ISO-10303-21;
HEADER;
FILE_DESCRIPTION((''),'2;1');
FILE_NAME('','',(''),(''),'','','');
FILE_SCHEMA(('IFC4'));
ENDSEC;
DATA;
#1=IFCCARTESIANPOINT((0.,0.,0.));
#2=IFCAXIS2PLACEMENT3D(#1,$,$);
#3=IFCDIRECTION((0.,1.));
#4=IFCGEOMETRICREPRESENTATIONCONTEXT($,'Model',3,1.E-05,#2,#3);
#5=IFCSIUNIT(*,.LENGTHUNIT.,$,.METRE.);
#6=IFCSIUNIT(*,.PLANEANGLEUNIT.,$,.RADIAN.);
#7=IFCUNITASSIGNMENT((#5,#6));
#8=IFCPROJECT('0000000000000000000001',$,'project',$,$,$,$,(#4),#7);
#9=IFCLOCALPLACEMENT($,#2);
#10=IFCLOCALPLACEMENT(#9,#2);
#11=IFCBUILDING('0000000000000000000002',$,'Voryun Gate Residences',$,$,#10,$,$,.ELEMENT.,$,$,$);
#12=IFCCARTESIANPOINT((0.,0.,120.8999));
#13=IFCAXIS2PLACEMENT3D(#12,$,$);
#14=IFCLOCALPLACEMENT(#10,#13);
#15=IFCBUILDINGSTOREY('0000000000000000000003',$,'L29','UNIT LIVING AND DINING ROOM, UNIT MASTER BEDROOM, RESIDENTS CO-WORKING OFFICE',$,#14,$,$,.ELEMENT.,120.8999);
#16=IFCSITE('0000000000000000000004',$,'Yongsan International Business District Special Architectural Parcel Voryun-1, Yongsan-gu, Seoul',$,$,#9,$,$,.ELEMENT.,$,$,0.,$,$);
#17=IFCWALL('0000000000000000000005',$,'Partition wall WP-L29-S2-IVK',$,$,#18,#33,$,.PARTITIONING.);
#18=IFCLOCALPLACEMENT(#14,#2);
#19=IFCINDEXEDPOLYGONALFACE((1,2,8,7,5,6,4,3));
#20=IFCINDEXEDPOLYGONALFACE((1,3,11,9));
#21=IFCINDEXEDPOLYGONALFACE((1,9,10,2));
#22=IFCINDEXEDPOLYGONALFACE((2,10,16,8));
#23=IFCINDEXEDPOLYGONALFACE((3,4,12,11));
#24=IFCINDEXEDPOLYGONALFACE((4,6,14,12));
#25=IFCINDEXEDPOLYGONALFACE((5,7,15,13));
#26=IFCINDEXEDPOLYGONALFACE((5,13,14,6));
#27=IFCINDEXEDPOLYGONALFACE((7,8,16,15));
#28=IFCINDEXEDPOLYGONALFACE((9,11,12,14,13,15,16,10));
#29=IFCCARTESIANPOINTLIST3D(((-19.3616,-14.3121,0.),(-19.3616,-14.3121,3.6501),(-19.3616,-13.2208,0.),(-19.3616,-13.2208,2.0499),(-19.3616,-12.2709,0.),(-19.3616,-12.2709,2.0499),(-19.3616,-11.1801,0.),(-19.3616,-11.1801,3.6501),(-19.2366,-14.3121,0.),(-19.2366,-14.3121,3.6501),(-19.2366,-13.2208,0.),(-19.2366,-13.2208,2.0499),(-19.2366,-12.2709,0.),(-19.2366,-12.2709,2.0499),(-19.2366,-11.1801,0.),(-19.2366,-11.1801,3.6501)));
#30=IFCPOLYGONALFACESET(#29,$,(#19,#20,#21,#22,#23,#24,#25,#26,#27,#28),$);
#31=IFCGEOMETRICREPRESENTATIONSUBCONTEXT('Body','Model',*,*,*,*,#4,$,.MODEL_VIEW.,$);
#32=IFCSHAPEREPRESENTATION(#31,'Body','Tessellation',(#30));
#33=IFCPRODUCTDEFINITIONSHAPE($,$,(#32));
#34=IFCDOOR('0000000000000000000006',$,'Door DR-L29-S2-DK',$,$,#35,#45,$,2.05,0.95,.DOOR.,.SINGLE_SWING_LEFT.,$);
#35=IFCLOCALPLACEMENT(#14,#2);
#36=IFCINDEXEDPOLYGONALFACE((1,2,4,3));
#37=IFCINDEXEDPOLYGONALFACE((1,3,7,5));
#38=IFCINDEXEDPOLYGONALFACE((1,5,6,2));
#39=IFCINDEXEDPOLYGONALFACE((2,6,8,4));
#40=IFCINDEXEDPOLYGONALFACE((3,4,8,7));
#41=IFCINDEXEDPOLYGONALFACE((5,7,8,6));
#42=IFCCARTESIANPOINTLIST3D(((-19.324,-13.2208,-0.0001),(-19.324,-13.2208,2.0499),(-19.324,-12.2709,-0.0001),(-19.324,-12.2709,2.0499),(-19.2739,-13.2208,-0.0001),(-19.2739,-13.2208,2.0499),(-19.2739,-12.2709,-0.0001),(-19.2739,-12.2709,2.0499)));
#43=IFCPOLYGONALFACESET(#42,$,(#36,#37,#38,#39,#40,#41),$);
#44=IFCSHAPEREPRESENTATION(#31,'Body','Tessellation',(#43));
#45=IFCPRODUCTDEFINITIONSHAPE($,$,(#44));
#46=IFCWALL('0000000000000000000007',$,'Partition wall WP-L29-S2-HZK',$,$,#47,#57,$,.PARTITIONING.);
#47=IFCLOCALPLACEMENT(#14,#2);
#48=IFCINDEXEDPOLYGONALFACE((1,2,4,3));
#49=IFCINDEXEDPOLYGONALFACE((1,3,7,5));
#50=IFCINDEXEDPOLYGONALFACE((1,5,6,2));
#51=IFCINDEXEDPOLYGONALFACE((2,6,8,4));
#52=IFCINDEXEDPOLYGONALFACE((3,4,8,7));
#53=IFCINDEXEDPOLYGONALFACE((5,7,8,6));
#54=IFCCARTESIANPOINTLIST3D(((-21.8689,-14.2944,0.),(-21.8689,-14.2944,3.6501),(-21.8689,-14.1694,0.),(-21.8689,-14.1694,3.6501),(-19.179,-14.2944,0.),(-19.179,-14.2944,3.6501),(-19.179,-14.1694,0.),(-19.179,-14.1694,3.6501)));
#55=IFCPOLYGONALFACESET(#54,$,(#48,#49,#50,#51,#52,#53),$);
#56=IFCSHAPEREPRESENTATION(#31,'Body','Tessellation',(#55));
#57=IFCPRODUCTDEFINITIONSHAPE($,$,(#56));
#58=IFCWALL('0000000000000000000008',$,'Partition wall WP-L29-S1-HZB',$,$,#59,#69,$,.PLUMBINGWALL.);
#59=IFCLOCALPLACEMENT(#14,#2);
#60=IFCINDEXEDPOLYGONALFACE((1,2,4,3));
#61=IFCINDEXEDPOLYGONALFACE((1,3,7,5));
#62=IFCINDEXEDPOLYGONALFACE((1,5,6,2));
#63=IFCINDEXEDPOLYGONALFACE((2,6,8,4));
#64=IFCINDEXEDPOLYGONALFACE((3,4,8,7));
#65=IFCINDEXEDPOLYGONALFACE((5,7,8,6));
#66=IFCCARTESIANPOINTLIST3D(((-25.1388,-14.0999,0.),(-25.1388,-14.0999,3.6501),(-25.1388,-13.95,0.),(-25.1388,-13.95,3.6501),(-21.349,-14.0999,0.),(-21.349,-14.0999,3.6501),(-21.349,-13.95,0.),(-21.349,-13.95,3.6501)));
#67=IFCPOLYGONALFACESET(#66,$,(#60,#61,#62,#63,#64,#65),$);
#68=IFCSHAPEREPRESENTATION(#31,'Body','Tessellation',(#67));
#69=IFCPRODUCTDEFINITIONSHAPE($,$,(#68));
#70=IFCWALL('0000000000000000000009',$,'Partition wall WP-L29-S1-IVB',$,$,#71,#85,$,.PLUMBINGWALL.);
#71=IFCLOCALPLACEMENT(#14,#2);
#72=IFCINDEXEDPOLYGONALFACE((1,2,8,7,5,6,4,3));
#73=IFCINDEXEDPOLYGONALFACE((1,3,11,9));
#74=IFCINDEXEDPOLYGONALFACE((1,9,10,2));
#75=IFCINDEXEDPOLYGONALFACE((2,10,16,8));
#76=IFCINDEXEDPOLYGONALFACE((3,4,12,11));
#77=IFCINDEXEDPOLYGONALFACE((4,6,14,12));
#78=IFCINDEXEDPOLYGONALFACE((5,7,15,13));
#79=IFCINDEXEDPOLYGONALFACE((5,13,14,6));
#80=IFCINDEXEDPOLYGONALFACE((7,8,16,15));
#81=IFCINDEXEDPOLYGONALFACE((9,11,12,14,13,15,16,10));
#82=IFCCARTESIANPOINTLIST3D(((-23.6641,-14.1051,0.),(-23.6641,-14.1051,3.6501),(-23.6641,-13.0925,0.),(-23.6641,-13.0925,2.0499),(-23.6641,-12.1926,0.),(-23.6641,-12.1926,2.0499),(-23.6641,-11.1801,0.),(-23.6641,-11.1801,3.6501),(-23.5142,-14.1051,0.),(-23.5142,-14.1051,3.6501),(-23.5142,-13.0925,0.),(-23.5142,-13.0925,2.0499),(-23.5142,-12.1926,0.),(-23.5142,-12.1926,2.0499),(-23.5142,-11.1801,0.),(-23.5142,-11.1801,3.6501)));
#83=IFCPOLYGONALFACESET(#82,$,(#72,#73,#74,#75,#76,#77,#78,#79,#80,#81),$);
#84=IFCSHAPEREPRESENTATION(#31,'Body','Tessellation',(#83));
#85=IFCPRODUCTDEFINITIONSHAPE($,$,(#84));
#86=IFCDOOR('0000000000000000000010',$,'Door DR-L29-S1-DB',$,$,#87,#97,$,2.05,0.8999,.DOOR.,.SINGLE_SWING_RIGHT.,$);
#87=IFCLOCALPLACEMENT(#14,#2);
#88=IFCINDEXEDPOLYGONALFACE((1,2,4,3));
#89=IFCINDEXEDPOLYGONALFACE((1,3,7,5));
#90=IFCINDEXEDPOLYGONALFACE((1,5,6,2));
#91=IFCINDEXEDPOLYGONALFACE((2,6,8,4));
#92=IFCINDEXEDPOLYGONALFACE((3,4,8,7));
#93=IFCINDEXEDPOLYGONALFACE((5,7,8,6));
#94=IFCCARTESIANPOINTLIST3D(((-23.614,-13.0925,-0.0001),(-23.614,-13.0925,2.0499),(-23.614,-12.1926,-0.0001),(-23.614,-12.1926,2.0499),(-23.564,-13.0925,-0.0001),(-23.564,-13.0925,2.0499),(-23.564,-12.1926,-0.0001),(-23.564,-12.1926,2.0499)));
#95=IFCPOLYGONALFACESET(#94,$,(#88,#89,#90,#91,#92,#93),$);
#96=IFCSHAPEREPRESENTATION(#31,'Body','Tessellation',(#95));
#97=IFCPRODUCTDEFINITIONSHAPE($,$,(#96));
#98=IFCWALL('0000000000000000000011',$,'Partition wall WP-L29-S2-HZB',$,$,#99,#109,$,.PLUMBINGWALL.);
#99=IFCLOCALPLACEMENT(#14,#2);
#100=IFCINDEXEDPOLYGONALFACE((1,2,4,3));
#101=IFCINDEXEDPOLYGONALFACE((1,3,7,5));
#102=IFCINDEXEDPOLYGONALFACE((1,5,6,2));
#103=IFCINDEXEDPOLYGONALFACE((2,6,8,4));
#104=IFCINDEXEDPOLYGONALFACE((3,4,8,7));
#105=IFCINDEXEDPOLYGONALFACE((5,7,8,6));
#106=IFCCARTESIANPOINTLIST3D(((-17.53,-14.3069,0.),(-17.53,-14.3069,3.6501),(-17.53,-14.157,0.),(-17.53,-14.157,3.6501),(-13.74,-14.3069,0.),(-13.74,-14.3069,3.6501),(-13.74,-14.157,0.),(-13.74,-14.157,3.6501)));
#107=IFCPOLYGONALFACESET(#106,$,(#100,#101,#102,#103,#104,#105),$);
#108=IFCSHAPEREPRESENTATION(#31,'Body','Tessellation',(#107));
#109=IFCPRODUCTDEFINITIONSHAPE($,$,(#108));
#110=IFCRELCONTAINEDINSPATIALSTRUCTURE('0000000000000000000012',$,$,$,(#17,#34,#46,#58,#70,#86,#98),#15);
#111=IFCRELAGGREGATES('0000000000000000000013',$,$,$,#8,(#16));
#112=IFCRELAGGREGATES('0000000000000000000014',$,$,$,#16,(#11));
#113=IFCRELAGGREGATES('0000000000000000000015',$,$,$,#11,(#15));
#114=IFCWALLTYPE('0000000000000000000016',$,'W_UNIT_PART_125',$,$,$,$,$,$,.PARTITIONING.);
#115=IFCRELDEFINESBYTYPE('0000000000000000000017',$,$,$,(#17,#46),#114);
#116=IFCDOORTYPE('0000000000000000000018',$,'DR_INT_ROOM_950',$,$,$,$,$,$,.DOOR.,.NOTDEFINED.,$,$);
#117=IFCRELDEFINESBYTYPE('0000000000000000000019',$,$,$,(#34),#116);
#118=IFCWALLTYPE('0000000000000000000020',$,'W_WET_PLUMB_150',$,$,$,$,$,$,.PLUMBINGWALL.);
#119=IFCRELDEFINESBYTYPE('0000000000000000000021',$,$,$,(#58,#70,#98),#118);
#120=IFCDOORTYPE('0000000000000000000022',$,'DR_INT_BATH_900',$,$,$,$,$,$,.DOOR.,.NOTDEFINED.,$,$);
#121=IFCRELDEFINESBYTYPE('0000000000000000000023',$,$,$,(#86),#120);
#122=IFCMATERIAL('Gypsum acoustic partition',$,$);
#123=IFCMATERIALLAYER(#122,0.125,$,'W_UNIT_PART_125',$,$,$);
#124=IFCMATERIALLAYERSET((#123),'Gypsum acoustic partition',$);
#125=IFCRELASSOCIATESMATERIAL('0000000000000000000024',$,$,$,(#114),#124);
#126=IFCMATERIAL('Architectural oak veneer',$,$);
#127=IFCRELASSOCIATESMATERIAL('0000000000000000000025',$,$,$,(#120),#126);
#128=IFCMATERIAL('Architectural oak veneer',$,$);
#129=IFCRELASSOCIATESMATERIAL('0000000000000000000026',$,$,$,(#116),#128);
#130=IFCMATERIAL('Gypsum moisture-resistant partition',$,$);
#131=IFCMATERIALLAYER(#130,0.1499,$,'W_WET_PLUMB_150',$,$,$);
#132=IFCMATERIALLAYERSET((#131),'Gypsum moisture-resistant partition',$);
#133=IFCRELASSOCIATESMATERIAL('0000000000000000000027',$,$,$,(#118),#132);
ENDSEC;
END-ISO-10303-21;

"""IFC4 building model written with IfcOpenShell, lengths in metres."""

from ifc_helpers import new_model, si_unit, direction, frame, frame_2d, origin, place, context, subcontext, project, spatial, rectangle, extrude, material, layer, layer_set, type_object, element, fill, save


model = new_model("IFC4")

# Units and contexts
model_context = context("Model", 3, precision=1e-05, world=origin(), true_north=direction((0.0, 1.0)))
body_context = subcontext(model_context, "Body", "Model", "MODEL_VIEW")
ifc_project = project(units=[si_unit("LENGTHUNIT", "METRE"), si_unit("PLANEANGLEUNIT", "RADIAN")], contexts=[model_context])

# Site, building, storey
site_placement = place(None, origin())
site = spatial("IfcSite", under=ifc_project, at=site_placement, Name="Yongsan International Business District Special Architectural Parcel Voryun-1, Yongsan-gu, Seoul", CompositionType="ELEMENT", RefElevation=0.0)
building_placement = place(site_placement, origin())
building = spatial("IfcBuilding", under=site, at=building_placement, Name="Voryun Gate Residences", CompositionType="ELEMENT")
storey_placement = place(building_placement, frame((0.0, 0.0, 120.8999)))
storey = spatial("IfcBuildingStorey", under=building, at=storey_placement, Name="L29", Description="UNIT LIVING AND DINING ROOM, UNIT MASTER BEDROOM, RESIDENTS CO-WORKING OFFICE", CompositionType="ELEMENT", Elevation=120.8999)

# Wall, opening, door
ifc_material_1 = material(Name="Gypsum acoustic partition")
ifc_layer_1 = layer(ifc_material_1, 0.125, Name="W_UNIT_PART_125")
ifc_layer_set_1 = layer_set([ifc_layer_1], Name="Gypsum acoustic partition")
wall_type_1 = type_object("IfcWallType", Name="W_UNIT_PART_125", PredefinedType="PARTITIONING", material=ifc_layer_set_1)
ifc_material_2 = material(Name="Architectural oak veneer")
door_type_1 = type_object("IfcDoorType", Name="DR_INT_BATH_900", OperationType="NOTDEFINED", PredefinedType="DOOR", material=ifc_material_2)
wall_1_placement = place(storey_placement, frame((-19.2991, -14.312, 0.0), z_axis=(0.0, 0.0, 1.0), x_axis=(0.0, 1.0, 0.0)))
wall_1 = element("IfcWall", 1, at=wall_1_placement, inside=storey, type_object=wall_type_1, Name="Partition wall WP-L29-S2-IVK", PredefinedType="PARTITIONING", context=body_context, shape_type="SweptSolid", body=[
    extrude(rectangle(XDim=3.1321, YDim=0.125, at=frame_2d((1.5659, 0.0))), origin(), (0.0, 0.0, 1.0), 3.6501),
])
opening_1_placement = place(wall_1_placement, frame((1.0911, 0.0, 0.0)))
opening_1 = element("IfcOpeningElement", 2, at=opening_1_placement, cuts=wall_1, PredefinedType="OPENING", context=body_context, shape_type="SweptSolid", body=[
    extrude(rectangle(XDim=0.95, YDim=2.05, at=frame_2d((0.4751, 1.0249))), frame((0.0, 0.0725, 0.0), z_axis=(0.0, -1.0, 0.0), x_axis=(1.0, 0.0, 0.0)), (0.0, 0.0, 1.0), 0.145),
])
ifc_material_3 = material(Name="Architectural oak veneer")
door_type_2 = type_object("IfcDoorType", Name="DR_INT_ROOM_950", OperationType="NOTDEFINED", PredefinedType="DOOR", material=ifc_material_3)
door_1_placement = place(opening_1_placement, origin())
door_1 = element("IfcDoor", 3, at=door_1_placement, inside=storey, type_object=door_type_2, Name="Door DR-L29-S2-DK", OperationType="SINGLE_SWING_LEFT", OverallHeight=2.05, OverallWidth=0.95, PredefinedType="DOOR", context=body_context, shape_type="SweptSolid", body=[
    extrude(rectangle(XDim=0.95, YDim=2.05, at=frame_2d((0.4751, 1.0249))), frame((0.0, 0.0249, 0.0), z_axis=(0.0, -1.0, 0.0), x_axis=(1.0, 0.0, 0.0)), (0.0, 0.0, 1.0), 0.05),
])
fill(opening_1, door_1)

# Walls
wall_2_placement = place(storey_placement, frame((-21.8689, -14.2319, 0.0), z_axis=(0.0, 0.0, 1.0), x_axis=(1.0, 0.0, 0.0)))
element("IfcWall", 4, at=wall_2_placement, inside=storey, type_object=wall_type_1, Name="Partition wall WP-L29-S2-HZK", PredefinedType="PARTITIONING", context=body_context, shape_type="SweptSolid", body=[
    extrude(rectangle(XDim=2.6899, YDim=0.125, at=frame_2d((1.345, 0.0))), origin(), (0.0, 0.0, 1.0), 3.6501),
])
ifc_material_4 = material(Name="Gypsum moisture-resistant partition")
ifc_layer_2 = layer(ifc_material_4, 0.1499, Name="W_WET_PLUMB_150")
ifc_layer_set_2 = layer_set([ifc_layer_2], Name="Gypsum moisture-resistant partition")
wall_type_2 = type_object("IfcWallType", Name="W_WET_PLUMB_150", PredefinedType="PLUMBINGWALL", material=ifc_layer_set_2)
wall_3_placement = place(storey_placement, frame((-25.1389, -14.0249, 0.0), z_axis=(0.0, 0.0, 1.0), x_axis=(1.0, 0.0, 0.0)))
element("IfcWall", 5, at=wall_3_placement, inside=storey, type_object=wall_type_2, Name="Partition wall WP-L29-S1-HZB", PredefinedType="PLUMBINGWALL", context=body_context, shape_type="SweptSolid", body=[
    extrude(rectangle(XDim=3.7898, YDim=0.1499, at=frame_2d((1.895, 0.0))), origin(), (0.0, 0.0, 1.0), 3.6501),
])

# Wall, opening, door
wall_4_placement = place(storey_placement, frame((-23.5891, -14.105, 0.0), z_axis=(0.0, 0.0, 1.0), x_axis=(0.0, 1.0, 0.0)))
wall_4 = element("IfcWall", 6, at=wall_4_placement, inside=storey, type_object=wall_type_2, Name="Partition wall WP-L29-S1-IVB", PredefinedType="PLUMBINGWALL", context=body_context, shape_type="SweptSolid", body=[
    extrude(rectangle(XDim=2.925, YDim=0.1499, at=frame_2d((1.4624, 0.0))), origin(), (0.0, 0.0, 1.0), 3.6501),
])
opening_2_placement = place(wall_4_placement, frame((1.0125, 0.0, 0.0)))
opening_2 = element("IfcOpeningElement", 7, at=opening_2_placement, cuts=wall_4, PredefinedType="OPENING", context=body_context, shape_type="SweptSolid", body=[
    extrude(rectangle(XDim=0.8999, YDim=2.05, at=frame_2d((0.45, 1.0249))), frame((0.0, 0.085, 0.0), z_axis=(0.0, -1.0, 0.0), x_axis=(1.0, 0.0, 0.0)), (0.0, 0.0, 1.0), 0.1699),
])
door_2_placement = place(opening_2_placement, origin())
door_2 = element("IfcDoor", 8, at=door_2_placement, inside=storey, type_object=door_type_1, Name="Door DR-L29-S1-DB", OperationType="SINGLE_SWING_RIGHT", OverallHeight=2.05, OverallWidth=0.8999, PredefinedType="DOOR", context=body_context, shape_type="SweptSolid", body=[
    extrude(rectangle(XDim=0.8999, YDim=2.05, at=frame_2d((0.45, 1.0249))), frame((0.0, 0.0249, 0.0), z_axis=(0.0, -1.0, 0.0), x_axis=(1.0, 0.0, 0.0)), (0.0, 0.0, 1.0), 0.05),
])
fill(opening_2, door_2)

# Wall
wall_5_placement = place(storey_placement, frame((-17.53, -14.2319, 0.0), z_axis=(0.0, 0.0, 1.0), x_axis=(1.0, 0.0, 0.0)))
element("IfcWall", 9, at=wall_5_placement, inside=storey, type_object=wall_type_2, Name="Partition wall WP-L29-S2-HZB", PredefinedType="PLUMBINGWALL", context=body_context, shape_type="SweptSolid", body=[
    extrude(rectangle(XDim=3.79, YDim=0.1499, at=frame_2d((1.895, 0.0))), origin(), (0.0, 0.0, 1.0), 3.6501),
])

save(model, "model.ifc")
